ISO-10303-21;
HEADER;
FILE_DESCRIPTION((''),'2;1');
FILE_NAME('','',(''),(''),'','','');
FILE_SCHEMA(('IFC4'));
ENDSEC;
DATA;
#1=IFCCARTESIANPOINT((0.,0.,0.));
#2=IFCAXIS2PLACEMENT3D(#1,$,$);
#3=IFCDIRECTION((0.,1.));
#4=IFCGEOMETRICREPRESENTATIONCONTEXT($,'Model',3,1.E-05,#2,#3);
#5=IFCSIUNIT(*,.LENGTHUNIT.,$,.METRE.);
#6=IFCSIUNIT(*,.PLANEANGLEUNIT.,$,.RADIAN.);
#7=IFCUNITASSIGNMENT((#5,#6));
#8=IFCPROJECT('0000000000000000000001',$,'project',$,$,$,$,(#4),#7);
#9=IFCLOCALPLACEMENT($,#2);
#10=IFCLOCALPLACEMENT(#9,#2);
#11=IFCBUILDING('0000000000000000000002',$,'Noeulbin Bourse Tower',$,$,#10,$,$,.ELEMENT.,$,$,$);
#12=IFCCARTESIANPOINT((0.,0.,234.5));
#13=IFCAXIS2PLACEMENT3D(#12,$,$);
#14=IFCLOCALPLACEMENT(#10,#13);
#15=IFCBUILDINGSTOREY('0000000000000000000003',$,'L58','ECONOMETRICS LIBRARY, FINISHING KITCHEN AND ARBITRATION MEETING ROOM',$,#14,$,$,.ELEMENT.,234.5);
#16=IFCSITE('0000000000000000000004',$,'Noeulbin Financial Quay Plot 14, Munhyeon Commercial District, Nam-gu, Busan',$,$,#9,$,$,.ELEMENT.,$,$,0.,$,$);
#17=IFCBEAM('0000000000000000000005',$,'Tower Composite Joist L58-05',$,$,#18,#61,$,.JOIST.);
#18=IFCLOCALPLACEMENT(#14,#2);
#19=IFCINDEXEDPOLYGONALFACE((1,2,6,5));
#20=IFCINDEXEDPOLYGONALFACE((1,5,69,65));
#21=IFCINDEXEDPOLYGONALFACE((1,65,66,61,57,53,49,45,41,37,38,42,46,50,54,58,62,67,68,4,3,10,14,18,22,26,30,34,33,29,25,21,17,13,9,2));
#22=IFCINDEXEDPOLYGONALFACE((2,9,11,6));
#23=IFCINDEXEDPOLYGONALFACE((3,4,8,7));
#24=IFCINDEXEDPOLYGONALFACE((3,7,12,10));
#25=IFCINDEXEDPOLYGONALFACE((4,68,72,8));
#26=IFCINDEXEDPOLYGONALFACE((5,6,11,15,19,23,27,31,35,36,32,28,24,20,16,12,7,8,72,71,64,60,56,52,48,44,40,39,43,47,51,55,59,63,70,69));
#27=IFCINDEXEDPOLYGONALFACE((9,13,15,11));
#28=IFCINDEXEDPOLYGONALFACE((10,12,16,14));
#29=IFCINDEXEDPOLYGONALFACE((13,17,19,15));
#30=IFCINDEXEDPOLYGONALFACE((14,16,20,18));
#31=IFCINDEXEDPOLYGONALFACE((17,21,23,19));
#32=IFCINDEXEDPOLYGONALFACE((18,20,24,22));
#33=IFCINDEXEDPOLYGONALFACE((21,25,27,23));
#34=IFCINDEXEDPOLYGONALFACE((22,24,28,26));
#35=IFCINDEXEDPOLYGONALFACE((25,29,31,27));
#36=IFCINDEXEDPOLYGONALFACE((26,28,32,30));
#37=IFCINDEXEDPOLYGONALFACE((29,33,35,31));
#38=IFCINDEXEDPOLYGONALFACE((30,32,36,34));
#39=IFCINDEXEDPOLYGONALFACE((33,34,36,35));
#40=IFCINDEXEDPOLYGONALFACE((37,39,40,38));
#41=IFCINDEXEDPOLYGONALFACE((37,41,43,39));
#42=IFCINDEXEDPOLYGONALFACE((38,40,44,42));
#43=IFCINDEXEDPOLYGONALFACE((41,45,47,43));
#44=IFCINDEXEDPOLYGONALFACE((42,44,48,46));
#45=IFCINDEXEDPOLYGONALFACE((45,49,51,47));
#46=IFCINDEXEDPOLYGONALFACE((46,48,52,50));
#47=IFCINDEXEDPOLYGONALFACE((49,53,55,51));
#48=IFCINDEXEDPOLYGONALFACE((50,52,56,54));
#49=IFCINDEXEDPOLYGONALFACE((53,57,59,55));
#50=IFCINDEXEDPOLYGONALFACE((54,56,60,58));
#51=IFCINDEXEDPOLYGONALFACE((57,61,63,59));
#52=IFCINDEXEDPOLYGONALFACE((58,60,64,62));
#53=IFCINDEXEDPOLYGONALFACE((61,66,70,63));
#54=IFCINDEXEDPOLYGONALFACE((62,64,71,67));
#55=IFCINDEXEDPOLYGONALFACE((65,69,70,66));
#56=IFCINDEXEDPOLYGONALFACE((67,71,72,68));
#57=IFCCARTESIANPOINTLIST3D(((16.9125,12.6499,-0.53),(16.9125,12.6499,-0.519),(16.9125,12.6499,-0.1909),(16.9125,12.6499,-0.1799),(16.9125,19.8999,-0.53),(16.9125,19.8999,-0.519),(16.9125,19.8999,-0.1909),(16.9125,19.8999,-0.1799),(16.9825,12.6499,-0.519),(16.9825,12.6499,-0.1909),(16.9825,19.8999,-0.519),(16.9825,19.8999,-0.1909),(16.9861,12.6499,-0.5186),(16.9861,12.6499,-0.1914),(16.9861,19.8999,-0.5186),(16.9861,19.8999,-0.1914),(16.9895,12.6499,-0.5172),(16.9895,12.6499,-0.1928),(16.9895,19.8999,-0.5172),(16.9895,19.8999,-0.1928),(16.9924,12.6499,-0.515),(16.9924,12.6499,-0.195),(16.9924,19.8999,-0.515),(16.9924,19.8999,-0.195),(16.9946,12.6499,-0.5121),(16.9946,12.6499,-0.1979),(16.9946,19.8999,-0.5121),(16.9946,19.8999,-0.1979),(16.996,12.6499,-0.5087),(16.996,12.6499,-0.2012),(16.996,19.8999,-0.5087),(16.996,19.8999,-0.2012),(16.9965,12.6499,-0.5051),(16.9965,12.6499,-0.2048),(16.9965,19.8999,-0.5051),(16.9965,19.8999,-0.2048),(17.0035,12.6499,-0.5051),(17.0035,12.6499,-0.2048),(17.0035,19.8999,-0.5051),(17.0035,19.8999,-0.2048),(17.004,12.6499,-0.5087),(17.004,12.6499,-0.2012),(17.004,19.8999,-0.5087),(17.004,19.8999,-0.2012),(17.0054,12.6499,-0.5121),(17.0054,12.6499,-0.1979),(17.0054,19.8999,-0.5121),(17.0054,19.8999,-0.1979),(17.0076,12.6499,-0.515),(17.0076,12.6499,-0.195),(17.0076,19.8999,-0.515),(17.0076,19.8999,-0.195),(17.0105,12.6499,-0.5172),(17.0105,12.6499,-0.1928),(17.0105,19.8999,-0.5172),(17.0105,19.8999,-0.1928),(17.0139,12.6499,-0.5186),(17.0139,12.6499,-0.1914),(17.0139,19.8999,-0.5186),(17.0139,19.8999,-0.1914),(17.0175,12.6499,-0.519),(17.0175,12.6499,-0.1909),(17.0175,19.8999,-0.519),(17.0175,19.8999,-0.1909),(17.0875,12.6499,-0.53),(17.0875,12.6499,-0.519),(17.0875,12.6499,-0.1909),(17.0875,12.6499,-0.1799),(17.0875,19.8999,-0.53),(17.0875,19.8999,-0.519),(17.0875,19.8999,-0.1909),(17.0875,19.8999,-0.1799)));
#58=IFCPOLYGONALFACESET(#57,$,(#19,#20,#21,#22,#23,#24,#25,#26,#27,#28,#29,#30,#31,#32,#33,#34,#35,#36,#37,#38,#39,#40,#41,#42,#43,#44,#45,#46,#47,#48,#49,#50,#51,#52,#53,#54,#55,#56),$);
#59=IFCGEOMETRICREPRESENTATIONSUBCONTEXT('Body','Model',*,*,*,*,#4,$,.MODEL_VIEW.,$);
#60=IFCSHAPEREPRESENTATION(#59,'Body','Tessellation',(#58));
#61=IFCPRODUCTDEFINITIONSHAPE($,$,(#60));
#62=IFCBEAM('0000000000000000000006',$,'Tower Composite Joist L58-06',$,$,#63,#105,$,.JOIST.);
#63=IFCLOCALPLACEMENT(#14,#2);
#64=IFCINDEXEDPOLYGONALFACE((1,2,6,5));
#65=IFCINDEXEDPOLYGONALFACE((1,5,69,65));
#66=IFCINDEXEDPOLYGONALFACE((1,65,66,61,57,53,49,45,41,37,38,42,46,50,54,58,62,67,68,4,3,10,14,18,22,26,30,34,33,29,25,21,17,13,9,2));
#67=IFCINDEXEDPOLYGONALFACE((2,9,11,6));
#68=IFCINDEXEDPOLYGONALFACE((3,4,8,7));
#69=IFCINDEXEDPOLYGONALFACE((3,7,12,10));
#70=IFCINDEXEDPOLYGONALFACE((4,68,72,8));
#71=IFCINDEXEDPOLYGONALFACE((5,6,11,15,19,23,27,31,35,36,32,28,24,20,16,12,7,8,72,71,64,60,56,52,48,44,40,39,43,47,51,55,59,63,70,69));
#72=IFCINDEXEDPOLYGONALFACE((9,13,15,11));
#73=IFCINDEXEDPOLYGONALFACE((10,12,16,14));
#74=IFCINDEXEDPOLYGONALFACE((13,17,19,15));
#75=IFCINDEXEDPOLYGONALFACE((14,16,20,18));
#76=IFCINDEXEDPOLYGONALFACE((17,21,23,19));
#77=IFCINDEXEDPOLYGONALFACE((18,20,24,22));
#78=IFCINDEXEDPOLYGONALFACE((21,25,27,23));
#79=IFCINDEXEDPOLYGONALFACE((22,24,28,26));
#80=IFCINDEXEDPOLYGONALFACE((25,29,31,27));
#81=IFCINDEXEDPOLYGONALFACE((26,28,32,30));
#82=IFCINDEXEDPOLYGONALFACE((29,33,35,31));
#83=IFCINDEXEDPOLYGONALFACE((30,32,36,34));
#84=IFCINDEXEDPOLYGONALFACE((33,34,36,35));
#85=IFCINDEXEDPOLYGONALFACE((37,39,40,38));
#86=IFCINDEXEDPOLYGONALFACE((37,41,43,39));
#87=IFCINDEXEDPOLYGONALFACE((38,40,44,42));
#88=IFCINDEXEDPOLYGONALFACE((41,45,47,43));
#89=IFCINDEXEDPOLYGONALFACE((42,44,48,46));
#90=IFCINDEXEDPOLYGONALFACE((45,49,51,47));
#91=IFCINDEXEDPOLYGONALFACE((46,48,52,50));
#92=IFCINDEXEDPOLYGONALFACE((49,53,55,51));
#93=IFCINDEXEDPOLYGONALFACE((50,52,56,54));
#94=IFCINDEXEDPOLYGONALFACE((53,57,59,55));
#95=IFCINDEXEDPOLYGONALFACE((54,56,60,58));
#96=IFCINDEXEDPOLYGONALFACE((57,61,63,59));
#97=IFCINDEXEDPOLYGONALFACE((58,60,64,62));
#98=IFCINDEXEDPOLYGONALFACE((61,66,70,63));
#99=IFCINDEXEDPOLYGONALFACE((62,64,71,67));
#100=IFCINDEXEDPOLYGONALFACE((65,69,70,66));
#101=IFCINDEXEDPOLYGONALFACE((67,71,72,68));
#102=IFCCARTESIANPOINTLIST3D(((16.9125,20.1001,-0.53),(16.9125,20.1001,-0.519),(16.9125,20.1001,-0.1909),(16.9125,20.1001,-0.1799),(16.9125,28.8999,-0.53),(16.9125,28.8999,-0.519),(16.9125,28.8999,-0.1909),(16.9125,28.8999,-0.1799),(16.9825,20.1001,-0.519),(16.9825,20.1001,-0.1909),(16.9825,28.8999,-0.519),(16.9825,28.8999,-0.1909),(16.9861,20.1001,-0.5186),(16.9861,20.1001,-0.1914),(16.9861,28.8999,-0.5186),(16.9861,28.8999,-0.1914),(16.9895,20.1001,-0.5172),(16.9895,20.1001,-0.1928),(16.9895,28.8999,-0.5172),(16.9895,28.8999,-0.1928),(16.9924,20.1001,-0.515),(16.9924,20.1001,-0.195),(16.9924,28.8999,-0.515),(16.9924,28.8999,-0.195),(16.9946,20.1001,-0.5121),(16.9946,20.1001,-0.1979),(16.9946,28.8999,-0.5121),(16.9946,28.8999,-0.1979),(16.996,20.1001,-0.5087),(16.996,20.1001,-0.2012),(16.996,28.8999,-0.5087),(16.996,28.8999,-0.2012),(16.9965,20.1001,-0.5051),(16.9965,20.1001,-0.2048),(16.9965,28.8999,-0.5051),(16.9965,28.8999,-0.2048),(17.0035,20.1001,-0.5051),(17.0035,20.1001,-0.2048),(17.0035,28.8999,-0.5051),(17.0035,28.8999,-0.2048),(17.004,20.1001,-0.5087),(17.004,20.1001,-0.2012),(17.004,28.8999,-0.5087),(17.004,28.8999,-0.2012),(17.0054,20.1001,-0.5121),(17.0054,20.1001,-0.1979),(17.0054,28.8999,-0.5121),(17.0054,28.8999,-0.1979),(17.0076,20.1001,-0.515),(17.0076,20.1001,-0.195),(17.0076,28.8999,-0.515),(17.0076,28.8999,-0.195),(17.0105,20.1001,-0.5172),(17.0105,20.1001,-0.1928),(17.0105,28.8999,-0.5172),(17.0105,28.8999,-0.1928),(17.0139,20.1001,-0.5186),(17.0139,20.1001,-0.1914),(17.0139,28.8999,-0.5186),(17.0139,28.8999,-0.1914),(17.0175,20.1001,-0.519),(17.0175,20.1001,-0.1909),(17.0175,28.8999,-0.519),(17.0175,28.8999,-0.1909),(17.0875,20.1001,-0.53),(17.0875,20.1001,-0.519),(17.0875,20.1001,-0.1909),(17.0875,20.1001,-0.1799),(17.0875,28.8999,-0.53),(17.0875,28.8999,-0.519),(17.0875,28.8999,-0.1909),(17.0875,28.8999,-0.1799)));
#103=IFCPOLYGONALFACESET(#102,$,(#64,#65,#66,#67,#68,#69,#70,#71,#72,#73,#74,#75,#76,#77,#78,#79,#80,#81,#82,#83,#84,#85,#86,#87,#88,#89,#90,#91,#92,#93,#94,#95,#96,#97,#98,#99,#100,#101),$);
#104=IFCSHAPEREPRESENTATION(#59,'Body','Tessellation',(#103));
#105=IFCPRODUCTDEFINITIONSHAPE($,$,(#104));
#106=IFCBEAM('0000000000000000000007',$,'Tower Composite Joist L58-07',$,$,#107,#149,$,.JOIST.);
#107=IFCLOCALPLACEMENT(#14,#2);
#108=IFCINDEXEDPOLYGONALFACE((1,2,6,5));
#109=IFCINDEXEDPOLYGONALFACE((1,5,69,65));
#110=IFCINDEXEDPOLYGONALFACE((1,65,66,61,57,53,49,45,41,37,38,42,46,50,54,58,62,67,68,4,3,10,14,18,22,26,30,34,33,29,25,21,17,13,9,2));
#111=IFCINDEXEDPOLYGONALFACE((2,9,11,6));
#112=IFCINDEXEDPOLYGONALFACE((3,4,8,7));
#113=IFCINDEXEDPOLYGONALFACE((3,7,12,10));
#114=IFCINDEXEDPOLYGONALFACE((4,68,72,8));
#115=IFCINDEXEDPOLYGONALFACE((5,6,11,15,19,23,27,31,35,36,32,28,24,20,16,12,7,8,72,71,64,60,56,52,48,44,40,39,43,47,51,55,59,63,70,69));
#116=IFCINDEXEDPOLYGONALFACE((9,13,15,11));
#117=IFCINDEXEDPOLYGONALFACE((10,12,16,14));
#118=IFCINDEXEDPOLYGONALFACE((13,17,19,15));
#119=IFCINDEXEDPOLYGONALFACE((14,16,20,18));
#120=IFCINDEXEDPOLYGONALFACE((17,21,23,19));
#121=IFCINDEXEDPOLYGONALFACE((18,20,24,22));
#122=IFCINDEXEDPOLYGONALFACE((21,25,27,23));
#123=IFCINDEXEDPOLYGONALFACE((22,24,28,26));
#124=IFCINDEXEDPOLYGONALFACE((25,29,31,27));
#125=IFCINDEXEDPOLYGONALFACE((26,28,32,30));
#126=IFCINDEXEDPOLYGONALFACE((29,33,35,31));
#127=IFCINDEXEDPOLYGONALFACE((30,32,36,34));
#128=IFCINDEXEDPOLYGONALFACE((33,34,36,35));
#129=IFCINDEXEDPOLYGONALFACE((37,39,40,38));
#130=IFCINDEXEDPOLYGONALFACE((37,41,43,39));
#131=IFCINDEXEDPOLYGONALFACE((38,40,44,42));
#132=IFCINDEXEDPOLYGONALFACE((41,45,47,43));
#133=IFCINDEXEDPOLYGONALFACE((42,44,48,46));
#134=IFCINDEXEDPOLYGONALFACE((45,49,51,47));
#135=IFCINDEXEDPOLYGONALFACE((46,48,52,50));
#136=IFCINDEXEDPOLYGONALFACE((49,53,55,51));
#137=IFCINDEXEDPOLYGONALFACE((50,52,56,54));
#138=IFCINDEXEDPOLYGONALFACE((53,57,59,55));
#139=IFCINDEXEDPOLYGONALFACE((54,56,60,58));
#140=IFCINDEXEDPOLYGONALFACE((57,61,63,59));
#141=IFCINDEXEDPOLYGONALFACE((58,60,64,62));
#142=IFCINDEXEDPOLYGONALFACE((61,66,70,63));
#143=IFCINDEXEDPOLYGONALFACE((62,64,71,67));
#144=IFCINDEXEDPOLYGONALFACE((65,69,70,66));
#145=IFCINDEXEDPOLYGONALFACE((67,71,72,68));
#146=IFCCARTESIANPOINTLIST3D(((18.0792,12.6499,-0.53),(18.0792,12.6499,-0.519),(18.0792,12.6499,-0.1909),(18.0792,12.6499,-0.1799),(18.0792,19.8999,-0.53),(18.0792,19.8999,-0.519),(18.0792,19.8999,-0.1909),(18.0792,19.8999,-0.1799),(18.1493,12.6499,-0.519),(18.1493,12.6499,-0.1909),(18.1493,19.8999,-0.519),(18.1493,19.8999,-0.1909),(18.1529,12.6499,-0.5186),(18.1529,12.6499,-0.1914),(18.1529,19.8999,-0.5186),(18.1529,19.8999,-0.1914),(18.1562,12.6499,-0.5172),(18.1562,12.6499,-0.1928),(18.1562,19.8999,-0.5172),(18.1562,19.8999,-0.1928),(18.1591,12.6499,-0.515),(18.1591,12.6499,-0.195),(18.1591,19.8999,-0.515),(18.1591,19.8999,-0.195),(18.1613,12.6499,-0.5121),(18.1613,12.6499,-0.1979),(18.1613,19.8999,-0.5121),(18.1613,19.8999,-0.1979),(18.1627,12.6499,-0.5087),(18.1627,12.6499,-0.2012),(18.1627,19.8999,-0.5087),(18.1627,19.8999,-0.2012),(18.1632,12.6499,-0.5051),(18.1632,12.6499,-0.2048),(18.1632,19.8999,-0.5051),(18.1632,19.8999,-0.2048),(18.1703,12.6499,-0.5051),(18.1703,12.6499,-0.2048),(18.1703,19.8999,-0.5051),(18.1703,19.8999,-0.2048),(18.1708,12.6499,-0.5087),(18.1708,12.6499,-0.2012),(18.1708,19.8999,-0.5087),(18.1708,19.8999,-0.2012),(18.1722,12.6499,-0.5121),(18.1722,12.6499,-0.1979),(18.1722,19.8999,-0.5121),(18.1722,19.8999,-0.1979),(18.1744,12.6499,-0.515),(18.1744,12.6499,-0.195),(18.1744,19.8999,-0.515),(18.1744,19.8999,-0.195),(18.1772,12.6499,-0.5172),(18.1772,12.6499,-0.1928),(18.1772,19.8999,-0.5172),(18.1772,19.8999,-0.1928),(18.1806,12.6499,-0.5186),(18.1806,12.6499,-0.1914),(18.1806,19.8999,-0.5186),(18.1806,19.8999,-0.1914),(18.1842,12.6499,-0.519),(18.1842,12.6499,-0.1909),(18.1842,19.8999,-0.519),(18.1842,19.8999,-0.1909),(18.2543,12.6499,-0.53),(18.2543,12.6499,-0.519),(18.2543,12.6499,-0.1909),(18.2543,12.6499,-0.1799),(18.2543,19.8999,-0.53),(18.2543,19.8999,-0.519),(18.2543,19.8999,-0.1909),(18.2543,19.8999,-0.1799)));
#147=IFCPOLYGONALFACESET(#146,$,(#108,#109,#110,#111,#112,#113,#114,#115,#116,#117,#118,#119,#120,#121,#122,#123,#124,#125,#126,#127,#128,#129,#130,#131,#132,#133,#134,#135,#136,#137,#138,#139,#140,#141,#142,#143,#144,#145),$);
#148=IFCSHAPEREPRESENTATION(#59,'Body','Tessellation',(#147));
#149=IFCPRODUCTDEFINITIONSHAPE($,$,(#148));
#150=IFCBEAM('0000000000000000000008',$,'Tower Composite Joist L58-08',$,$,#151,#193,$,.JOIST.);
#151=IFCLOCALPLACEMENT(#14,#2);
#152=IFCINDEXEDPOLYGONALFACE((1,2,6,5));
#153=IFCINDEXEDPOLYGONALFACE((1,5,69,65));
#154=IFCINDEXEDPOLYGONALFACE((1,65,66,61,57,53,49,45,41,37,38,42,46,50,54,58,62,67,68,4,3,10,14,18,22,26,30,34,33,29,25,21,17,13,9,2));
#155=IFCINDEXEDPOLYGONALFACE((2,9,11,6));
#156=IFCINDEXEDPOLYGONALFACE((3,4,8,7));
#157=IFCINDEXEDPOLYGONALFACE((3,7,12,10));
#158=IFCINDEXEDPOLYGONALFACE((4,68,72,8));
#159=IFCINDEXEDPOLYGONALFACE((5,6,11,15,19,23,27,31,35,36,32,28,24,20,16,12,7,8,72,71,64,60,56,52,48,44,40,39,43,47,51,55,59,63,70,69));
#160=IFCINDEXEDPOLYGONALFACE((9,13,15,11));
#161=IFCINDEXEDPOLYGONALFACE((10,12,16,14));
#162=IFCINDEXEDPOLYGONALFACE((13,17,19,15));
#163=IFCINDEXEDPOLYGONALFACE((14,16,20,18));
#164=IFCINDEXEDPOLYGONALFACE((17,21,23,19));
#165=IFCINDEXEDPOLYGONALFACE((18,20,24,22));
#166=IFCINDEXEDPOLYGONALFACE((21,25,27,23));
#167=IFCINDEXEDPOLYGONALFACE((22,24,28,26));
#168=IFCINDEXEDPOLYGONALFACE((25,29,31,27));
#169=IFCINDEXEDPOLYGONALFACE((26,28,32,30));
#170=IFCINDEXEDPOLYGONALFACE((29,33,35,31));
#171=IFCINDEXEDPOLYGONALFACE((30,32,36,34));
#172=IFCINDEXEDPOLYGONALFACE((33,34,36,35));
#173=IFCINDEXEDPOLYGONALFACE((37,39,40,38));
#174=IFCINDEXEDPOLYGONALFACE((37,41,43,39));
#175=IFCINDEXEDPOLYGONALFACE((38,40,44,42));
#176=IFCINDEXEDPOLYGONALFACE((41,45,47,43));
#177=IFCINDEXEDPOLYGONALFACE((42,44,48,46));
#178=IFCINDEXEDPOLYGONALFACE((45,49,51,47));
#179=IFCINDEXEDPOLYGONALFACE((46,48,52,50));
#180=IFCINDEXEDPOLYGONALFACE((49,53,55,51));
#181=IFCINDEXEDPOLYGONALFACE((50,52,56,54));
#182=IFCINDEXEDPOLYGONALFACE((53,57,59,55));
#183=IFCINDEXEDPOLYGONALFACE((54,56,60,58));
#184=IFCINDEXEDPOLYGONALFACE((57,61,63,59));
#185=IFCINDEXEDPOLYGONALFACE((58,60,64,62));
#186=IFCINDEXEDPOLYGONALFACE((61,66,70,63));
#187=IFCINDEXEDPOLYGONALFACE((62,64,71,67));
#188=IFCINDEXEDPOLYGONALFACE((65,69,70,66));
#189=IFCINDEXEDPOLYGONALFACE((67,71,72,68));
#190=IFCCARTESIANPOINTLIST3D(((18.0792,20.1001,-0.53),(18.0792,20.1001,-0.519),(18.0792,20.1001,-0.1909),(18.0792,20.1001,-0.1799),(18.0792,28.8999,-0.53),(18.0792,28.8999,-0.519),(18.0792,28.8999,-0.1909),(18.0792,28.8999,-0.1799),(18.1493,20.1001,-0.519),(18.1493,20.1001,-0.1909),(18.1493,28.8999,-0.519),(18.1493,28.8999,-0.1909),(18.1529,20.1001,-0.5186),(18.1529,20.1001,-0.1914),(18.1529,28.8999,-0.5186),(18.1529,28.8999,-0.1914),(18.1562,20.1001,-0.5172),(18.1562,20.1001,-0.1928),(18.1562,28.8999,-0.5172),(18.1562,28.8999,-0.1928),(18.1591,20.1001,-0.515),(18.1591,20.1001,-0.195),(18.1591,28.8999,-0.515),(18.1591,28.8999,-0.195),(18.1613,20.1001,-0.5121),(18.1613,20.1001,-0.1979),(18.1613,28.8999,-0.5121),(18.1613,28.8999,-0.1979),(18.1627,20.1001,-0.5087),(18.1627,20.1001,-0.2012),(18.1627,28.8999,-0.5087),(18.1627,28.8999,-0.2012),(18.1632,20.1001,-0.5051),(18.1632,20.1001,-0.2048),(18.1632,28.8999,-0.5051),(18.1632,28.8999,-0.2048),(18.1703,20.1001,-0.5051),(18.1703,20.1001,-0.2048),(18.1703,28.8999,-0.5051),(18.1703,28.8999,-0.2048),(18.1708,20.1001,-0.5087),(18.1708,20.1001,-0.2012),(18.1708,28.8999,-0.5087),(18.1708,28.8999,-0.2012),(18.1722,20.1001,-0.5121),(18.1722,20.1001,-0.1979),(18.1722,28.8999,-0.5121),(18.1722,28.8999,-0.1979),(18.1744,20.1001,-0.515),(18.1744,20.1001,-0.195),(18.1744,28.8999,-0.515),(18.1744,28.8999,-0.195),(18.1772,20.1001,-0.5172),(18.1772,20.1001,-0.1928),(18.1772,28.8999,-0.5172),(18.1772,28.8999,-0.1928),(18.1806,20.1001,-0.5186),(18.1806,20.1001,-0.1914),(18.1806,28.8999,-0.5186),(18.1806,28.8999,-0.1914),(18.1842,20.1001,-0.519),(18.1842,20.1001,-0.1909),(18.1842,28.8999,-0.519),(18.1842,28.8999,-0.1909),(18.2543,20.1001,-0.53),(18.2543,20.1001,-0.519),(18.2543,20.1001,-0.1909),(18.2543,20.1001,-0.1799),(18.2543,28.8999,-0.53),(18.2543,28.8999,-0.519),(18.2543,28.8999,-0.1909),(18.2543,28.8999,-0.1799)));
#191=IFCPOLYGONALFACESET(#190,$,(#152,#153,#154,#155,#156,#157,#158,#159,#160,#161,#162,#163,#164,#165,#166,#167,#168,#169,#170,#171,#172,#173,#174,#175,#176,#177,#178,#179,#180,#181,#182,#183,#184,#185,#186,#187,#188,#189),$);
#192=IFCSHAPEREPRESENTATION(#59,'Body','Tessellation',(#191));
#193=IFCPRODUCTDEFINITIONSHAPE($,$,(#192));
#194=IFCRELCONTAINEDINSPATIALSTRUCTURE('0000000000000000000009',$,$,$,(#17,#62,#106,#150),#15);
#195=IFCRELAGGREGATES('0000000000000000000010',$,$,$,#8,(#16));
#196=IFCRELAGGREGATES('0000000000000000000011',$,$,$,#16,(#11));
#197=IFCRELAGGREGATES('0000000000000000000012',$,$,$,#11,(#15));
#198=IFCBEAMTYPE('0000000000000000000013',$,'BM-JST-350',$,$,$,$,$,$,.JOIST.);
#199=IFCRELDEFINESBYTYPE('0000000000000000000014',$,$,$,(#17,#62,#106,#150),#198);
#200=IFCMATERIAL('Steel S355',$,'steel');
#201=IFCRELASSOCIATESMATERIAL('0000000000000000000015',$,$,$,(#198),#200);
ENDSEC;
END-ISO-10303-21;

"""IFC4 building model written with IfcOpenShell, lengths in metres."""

from ifc_helpers import new_model, si_unit, direction, frame, origin, origin_2d, place, context, subcontext, project, spatial, i_section, extrude, material, material_profile, profile_set, type_object, element, save


model = new_model("IFC4")

# Units and contexts
model_context = context("Model", 3, precision=1e-05, world=origin(), true_north=direction((0.0, 1.0)))
body_context = subcontext(model_context, "Body", "Model", "MODEL_VIEW")
ifc_project = project(units=[si_unit("LENGTHUNIT", "METRE"), si_unit("PLANEANGLEUNIT", "RADIAN")], contexts=[model_context])

# Site, building, storey
site_placement = place(None, origin())
site = spatial("IfcSite", under=ifc_project, at=site_placement, Name="Noeulbin Financial Quay Plot 14, Munhyeon Commercial District, Nam-gu, Busan", CompositionType="ELEMENT", RefElevation=0.0)
building_placement = place(site_placement, origin())
building = spatial("IfcBuilding", under=site, at=building_placement, Name="Noeulbin Bourse Tower", CompositionType="ELEMENT")
storey_placement = place(building_placement, frame((0.0, 0.0, 234.5)))
storey = spatial("IfcBuildingStorey", under=building, at=storey_placement, Name="L58", Description="ECONOMETRICS LIBRARY, FINISHING KITCHEN AND ARBITRATION MEETING ROOM", CompositionType="ELEMENT", Elevation=234.5)

# Shared definitions
ifc_material_1 = material(Name="Steel S355", Category="steel")

# Beams
ifc_material_profile_1 = material_profile(ifc_material_1, i_section(OverallWidth=0.175, OverallDepth=0.3501, WebThickness=0.0071, FlangeThickness=0.011, FilletRadius=0.0139, at=origin_2d()), Name="H-350x175x7x11", Category="LoadBearing")
ifc_profile_set_1 = profile_set([ifc_material_profile_1], Name="Steel S355")
beam_type_1 = type_object("IfcBeamType", Name="BM-JST-350", PredefinedType="JOIST", material=ifc_profile_set_1)
beam_1_placement = place(storey_placement, frame((17.0, 12.6499, -0.355), z_axis=(0.0, 1.0, 0.0), x_axis=(-1.0, 0.0, 0.0)))
element("IfcBeam", 1, at=beam_1_placement, inside=storey, type_object=beam_type_1, Name="Tower Composite Joist L58-05", PredefinedType="JOIST", context=body_context, shape_type="SweptSolid", body=[
    extrude(i_section(OverallWidth=0.175, OverallDepth=0.3501, WebThickness=0.0071, FlangeThickness=0.011, FilletRadius=0.0139, at=origin_2d()), origin(), (0.0, 0.0, 1.0), 7.25),
])
beam_2_placement = place(storey_placement, frame((17.0, 20.1001, -0.355), z_axis=(0.0, 1.0, 0.0), x_axis=(-1.0, 0.0, 0.0)))
element("IfcBeam", 2, at=beam_2_placement, inside=storey, type_object=beam_type_1, Name="Tower Composite Joist L58-06", PredefinedType="JOIST", context=body_context, shape_type="SweptSolid", body=[
    extrude(i_section(OverallWidth=0.175, OverallDepth=0.3501, WebThickness=0.0071, FlangeThickness=0.011, FilletRadius=0.0139, at=origin_2d()), origin(), (0.0, 0.0, 1.0), 8.7998),
])
beam_3_placement = place(storey_placement, frame((18.1667, 12.6499, -0.355), z_axis=(0.0, 1.0, 0.0), x_axis=(-1.0, 0.0, 0.0)))
element("IfcBeam", 3, at=beam_3_placement, inside=storey, type_object=beam_type_1, Name="Tower Composite Joist L58-07", PredefinedType="JOIST", context=body_context, shape_type="SweptSolid", body=[
    extrude(i_section(OverallWidth=0.175, OverallDepth=0.3501, WebThickness=0.0071, FlangeThickness=0.011, FilletRadius=0.0139, at=origin_2d()), origin(), (0.0, 0.0, 1.0), 7.25),
])
beam_4_placement = place(storey_placement, frame((18.1667, 20.1001, -0.355), z_axis=(0.0, 1.0, 0.0), x_axis=(-1.0, 0.0, 0.0)))
element("IfcBeam", 4, at=beam_4_placement, inside=storey, type_object=beam_type_1, Name="Tower Composite Joist L58-08", PredefinedType="JOIST", context=body_context, shape_type="SweptSolid", body=[
    extrude(i_section(OverallWidth=0.175, OverallDepth=0.3501, WebThickness=0.0071, FlangeThickness=0.011, FilletRadius=0.0139, at=origin_2d()), origin(), (0.0, 0.0, 1.0), 8.7998),
])

save(model, "model.ifc")
